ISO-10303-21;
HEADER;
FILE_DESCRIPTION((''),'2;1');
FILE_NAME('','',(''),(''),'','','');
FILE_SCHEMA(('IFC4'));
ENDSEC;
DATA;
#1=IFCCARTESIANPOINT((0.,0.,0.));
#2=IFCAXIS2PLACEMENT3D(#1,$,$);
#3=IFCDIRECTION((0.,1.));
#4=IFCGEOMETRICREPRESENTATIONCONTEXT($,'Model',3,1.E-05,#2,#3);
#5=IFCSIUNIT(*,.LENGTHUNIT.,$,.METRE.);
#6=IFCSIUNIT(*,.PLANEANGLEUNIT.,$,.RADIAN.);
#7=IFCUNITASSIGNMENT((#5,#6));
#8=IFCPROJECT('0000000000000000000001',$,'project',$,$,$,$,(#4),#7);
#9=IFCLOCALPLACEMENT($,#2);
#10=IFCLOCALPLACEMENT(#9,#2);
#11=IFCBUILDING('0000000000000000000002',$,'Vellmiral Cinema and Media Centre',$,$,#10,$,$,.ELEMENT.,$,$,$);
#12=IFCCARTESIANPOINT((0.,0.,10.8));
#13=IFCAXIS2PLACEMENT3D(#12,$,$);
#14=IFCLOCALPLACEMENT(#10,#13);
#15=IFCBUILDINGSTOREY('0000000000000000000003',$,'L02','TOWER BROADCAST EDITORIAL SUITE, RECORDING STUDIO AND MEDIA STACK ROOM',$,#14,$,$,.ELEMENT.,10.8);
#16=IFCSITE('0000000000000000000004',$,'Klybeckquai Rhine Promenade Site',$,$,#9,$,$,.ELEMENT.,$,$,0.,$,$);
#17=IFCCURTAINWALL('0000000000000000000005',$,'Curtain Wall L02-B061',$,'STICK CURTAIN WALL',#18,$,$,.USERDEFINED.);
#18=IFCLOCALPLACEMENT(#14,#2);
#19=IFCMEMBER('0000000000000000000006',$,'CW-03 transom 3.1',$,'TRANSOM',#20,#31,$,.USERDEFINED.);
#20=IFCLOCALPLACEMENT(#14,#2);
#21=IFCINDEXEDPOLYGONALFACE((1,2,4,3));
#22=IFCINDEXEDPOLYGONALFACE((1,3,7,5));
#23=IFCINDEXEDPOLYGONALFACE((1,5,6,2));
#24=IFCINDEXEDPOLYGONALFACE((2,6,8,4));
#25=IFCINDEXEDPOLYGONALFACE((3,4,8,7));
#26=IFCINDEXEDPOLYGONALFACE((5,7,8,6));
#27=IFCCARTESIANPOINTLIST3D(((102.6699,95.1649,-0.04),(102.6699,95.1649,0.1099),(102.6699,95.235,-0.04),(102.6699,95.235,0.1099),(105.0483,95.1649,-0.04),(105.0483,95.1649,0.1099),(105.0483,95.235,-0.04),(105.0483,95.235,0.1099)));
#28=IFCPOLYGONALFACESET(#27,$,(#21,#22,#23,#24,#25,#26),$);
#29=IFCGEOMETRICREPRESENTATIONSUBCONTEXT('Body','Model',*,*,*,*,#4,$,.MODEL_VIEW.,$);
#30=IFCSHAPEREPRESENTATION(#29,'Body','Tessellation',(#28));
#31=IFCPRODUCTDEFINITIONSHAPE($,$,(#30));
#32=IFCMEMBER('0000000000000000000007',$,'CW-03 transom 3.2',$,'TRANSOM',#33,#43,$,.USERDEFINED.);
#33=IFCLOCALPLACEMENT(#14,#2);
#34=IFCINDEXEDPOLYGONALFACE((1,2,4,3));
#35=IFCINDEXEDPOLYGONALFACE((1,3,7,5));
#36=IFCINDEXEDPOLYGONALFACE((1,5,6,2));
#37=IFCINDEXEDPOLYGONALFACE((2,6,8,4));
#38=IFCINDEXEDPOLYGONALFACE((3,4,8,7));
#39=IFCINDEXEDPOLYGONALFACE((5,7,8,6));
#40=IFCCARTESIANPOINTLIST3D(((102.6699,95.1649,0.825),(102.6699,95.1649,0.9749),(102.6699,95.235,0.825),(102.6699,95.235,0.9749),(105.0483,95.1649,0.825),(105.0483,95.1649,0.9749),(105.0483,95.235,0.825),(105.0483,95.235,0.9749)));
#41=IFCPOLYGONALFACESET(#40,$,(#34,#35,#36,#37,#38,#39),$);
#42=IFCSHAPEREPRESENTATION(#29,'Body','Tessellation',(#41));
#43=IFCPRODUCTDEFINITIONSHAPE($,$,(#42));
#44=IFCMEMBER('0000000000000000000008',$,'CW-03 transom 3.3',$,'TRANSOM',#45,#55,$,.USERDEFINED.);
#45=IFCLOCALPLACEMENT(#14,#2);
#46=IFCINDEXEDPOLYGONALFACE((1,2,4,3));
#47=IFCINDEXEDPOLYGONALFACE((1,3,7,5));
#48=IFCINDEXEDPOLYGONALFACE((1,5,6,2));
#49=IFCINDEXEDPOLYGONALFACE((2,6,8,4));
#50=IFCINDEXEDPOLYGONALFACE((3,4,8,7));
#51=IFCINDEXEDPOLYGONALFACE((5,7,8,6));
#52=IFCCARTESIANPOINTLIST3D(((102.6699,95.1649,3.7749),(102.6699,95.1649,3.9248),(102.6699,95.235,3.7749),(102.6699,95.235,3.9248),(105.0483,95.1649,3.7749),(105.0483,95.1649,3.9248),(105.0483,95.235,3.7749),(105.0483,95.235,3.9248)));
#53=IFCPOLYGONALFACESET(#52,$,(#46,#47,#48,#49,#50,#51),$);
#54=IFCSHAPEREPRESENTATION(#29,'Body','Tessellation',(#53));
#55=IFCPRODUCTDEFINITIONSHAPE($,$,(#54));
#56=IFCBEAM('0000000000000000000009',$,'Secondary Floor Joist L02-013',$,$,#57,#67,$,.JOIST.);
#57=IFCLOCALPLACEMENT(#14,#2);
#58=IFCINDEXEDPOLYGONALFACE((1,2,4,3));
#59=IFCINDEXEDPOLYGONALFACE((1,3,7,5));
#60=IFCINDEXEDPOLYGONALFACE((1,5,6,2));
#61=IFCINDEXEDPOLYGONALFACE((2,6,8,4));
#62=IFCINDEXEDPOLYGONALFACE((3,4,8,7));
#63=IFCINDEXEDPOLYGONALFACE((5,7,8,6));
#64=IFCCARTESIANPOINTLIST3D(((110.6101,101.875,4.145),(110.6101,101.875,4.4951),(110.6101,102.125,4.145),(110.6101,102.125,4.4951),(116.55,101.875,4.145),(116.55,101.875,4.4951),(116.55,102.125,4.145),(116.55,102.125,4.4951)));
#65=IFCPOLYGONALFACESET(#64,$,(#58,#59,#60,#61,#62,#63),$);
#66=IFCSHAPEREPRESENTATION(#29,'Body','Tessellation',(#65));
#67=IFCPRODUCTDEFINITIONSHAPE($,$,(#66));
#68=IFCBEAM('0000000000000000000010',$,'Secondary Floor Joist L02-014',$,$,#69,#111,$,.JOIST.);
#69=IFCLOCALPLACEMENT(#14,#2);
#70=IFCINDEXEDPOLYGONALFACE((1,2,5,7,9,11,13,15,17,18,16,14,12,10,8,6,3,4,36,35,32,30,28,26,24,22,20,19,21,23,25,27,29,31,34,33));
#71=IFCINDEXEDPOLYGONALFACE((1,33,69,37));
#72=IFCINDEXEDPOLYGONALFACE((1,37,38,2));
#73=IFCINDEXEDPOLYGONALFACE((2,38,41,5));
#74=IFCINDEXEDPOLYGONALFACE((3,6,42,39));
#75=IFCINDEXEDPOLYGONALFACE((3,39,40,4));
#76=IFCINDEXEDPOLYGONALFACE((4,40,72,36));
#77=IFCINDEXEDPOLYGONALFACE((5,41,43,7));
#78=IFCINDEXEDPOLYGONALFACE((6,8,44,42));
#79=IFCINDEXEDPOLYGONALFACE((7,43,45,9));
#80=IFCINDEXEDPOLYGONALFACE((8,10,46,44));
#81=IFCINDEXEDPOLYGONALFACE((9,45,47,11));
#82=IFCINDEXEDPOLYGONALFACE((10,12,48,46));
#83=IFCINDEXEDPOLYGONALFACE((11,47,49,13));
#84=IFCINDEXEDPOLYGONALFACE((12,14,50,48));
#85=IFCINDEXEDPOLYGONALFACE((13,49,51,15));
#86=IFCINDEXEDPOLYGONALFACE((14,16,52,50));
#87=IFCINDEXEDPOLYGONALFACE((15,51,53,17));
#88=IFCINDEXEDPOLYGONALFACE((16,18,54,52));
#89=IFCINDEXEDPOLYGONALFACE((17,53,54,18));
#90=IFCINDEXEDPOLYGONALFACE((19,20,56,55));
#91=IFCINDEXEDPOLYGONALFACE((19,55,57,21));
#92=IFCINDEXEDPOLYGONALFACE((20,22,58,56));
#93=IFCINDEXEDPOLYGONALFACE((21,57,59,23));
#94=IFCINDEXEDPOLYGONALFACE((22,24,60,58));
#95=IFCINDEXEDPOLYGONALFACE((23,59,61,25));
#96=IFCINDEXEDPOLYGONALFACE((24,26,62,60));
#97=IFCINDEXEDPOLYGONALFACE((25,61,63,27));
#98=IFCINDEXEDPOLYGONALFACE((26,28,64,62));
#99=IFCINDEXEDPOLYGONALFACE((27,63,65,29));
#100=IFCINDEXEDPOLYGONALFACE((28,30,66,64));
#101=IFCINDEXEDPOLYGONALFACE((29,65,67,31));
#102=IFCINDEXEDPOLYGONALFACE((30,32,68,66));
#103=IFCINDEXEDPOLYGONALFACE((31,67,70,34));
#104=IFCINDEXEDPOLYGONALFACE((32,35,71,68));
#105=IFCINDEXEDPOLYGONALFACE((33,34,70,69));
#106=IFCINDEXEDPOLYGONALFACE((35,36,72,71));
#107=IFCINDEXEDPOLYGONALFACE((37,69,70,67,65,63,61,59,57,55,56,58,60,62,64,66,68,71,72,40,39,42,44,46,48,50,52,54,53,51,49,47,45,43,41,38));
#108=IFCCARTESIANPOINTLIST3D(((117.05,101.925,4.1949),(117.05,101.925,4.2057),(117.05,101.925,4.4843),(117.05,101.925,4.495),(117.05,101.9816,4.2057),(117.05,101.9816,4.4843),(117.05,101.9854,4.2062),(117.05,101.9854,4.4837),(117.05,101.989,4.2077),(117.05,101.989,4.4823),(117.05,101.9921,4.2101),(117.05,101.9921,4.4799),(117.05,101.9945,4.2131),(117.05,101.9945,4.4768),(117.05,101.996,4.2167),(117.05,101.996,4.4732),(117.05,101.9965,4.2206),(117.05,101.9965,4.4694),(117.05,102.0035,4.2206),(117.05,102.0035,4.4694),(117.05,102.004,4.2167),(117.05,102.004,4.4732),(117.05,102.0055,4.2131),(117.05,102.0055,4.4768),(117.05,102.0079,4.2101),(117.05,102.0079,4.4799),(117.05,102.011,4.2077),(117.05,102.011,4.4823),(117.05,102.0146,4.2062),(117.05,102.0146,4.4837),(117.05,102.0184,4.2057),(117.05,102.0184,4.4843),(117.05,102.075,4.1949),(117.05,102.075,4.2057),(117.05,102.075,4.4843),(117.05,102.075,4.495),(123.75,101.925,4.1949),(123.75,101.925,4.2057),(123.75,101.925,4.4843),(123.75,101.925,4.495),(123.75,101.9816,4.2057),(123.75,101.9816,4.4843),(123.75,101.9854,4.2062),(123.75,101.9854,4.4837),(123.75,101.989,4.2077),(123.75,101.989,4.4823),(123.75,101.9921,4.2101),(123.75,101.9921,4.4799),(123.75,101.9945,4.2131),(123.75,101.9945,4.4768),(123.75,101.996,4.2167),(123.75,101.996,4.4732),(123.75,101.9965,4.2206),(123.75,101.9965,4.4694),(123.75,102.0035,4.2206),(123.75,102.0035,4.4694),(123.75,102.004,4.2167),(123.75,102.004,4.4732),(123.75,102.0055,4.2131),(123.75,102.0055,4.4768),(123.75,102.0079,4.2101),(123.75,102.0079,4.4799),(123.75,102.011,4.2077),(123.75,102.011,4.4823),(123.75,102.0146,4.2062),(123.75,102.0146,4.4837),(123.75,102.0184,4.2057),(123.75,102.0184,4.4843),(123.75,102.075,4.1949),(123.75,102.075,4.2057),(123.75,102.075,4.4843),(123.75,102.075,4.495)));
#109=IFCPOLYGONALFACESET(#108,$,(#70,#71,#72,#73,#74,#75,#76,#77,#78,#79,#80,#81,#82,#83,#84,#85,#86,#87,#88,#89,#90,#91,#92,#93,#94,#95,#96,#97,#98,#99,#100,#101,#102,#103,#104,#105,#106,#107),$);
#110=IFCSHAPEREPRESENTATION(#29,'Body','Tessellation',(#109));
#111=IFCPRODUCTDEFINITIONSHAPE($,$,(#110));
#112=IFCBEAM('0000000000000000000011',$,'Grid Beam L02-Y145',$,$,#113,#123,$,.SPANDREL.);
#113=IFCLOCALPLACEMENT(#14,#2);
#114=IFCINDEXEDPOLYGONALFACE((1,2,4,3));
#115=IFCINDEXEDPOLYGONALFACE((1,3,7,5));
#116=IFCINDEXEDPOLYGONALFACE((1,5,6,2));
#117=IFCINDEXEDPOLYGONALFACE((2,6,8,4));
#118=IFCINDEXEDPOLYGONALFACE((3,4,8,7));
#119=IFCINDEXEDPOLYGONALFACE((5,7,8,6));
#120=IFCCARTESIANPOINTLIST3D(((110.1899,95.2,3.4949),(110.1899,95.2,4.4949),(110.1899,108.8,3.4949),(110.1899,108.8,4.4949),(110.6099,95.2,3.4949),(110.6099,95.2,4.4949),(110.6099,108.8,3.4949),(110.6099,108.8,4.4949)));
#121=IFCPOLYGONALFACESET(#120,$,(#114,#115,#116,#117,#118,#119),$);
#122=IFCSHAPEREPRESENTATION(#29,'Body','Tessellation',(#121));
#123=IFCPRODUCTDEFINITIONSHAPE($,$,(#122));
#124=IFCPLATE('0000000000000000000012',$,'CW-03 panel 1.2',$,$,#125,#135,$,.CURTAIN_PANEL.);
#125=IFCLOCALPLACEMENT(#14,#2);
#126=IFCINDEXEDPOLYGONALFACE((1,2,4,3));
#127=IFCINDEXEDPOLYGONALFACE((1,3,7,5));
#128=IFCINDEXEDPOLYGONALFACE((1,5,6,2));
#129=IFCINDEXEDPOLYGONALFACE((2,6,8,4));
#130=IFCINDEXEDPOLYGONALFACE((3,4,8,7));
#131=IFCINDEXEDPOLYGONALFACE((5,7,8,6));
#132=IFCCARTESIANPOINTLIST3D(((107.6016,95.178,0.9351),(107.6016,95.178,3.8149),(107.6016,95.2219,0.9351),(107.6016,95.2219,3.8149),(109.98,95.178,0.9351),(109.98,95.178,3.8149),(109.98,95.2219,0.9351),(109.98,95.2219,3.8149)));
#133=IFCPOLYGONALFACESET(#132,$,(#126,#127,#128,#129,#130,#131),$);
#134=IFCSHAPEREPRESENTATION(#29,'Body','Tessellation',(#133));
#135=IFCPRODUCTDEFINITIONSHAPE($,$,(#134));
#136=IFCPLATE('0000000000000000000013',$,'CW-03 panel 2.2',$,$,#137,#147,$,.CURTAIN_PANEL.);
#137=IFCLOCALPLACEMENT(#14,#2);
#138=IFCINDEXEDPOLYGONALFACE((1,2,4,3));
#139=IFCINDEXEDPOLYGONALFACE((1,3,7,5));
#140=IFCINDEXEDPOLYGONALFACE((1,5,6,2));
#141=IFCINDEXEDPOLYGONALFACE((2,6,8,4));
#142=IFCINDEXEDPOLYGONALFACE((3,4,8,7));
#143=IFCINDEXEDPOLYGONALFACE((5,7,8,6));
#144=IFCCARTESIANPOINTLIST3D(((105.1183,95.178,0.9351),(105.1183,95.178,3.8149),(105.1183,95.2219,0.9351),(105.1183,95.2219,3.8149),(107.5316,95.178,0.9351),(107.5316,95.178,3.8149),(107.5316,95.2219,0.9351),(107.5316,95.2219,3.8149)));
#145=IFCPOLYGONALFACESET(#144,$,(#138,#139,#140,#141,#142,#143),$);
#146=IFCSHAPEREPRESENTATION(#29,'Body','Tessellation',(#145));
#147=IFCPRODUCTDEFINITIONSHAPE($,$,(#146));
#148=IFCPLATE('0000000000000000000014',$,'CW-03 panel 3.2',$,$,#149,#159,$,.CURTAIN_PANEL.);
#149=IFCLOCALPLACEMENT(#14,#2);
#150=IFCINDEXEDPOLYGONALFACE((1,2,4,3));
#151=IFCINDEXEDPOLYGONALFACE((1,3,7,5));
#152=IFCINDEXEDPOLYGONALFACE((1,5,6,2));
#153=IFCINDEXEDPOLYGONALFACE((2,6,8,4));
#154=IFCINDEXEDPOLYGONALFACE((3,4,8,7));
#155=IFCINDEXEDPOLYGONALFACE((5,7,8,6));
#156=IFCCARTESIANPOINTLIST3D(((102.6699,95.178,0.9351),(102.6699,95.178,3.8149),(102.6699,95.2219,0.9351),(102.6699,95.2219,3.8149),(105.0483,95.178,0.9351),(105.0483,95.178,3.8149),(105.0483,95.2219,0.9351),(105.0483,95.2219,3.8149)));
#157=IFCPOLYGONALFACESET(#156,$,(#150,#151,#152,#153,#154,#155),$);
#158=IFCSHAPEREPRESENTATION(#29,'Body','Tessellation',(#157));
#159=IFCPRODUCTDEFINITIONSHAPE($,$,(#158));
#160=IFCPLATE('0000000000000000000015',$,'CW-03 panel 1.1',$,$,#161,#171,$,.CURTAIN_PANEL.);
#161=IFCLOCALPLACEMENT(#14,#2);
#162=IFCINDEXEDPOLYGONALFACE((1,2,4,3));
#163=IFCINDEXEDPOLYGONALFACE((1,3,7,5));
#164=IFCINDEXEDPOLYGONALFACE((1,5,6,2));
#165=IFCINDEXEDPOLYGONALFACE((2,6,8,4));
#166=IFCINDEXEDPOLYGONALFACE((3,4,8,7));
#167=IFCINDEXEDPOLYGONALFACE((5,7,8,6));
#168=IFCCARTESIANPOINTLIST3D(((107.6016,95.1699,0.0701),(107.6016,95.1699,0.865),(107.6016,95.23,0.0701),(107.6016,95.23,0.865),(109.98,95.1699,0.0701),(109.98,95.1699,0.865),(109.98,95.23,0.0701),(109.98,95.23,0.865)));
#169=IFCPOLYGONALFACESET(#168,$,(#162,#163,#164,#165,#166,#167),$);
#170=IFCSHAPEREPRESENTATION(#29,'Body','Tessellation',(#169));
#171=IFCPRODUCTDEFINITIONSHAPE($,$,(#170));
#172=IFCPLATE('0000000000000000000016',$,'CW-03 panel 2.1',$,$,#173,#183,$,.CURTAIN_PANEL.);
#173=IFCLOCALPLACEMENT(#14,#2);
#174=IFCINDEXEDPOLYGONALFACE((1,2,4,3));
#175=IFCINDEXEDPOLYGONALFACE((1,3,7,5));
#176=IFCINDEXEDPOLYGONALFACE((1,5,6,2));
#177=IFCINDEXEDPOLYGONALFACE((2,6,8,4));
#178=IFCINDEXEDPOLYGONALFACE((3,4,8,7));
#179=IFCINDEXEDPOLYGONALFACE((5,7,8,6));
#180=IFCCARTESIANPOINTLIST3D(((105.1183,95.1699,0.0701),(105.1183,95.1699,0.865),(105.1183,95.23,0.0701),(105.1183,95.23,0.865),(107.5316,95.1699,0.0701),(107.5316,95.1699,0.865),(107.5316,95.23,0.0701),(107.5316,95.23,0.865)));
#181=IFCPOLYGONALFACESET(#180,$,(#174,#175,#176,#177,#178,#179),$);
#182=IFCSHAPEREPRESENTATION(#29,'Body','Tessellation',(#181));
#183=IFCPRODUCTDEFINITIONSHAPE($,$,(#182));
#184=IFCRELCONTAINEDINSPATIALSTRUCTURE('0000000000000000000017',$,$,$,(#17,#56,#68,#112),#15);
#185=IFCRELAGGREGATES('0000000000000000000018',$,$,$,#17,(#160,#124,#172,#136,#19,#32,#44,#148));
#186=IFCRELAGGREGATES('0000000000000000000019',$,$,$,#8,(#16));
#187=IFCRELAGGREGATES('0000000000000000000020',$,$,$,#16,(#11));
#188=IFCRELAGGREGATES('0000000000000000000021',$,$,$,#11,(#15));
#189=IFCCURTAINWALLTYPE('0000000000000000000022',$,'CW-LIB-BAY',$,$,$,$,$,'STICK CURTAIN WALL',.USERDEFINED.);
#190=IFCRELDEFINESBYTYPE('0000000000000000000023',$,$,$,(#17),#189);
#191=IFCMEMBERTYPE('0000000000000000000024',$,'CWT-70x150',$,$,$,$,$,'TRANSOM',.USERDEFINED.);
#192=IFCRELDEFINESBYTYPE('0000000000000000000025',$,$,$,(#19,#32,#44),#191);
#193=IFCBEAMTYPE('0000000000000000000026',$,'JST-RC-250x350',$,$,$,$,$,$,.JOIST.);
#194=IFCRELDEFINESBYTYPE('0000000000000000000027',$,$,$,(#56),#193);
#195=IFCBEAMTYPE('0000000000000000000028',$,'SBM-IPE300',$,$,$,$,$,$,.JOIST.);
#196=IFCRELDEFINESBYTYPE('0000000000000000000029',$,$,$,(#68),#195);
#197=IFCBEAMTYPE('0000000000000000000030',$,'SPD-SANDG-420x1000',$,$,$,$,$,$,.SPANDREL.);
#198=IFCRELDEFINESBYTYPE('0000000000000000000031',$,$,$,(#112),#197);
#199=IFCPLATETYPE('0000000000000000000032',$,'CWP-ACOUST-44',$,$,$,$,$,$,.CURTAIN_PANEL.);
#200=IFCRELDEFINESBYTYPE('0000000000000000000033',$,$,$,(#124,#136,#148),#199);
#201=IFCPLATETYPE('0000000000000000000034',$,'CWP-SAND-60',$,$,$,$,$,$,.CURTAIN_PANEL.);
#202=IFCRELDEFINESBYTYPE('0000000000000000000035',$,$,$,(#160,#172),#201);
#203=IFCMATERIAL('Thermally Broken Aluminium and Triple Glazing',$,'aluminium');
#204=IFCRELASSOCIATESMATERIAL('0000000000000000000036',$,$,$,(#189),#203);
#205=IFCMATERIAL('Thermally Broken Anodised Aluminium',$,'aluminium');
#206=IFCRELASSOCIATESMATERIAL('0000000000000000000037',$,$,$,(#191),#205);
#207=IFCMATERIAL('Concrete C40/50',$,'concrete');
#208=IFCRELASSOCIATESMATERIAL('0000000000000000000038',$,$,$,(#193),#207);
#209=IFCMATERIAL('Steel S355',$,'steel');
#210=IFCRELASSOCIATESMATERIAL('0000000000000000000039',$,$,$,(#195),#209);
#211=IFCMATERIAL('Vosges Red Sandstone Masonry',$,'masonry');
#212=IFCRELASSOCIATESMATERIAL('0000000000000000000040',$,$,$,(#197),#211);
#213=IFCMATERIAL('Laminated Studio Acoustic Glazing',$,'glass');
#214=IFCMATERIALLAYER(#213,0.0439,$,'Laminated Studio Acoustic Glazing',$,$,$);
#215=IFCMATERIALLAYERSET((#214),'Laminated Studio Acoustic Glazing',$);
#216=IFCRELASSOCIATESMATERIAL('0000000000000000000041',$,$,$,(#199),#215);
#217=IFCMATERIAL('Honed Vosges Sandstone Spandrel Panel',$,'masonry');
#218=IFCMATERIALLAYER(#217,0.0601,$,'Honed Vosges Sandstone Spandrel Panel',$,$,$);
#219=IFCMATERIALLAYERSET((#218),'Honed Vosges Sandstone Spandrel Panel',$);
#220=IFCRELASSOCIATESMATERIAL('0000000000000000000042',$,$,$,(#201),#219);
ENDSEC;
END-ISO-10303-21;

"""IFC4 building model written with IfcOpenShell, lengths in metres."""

from ifc_helpers import new_model, si_unit, direction, frame, origin, origin_2d, place, context, subcontext, project, spatial, rectangle, i_section, extrude, material, layer, layer_set, material_profile, profile_set, type_object, element, aggregate, save


model = new_model("IFC4")

# Units and contexts
model_context = context("Model", 3, precision=1e-05, world=origin(), true_north=direction((0.0, 1.0)))
body_context = subcontext(model_context, "Body", "Model", "MODEL_VIEW")
ifc_project = project(units=[si_unit("LENGTHUNIT", "METRE"), si_unit("PLANEANGLEUNIT", "RADIAN")], contexts=[model_context])

# Site, building, storey
site_placement = place(None, origin())
site = spatial("IfcSite", under=ifc_project, at=site_placement, Name="Klybeckquai Rhine Promenade Site", CompositionType="ELEMENT", RefElevation=0.0)
building_placement = place(site_placement, origin())
building = spatial("IfcBuilding", under=site, at=building_placement, Name="Vellmiral Cinema and Media Centre", CompositionType="ELEMENT")
storey_placement = place(building_placement, frame((0.0, 0.0, 10.8)))
storey = spatial("IfcBuildingStorey", under=building, at=storey_placement, Name="L02", Description="TOWER BROADCAST EDITORIAL SUITE, RECORDING STUDIO AND MEDIA STACK ROOM", CompositionType="ELEMENT", Elevation=10.8)

# Curtain wall, members
ifc_material_1 = material(Name="Thermally Broken Aluminium and Triple Glazing", Category="aluminium")
curtain_wall_type = type_object("IfcCurtainWallType", Name="CW-LIB-BAY", ElementType="STICK CURTAIN WALL", PredefinedType="USERDEFINED", material=ifc_material_1)
curtain_wall_placement = place(storey_placement, origin())
curtain_wall = element("IfcCurtainWall", 1, at=curtain_wall_placement, inside=storey, type_object=curtain_wall_type, Name="Curtain Wall L02-B061", ObjectType="STICK CURTAIN WALL", PredefinedType="USERDEFINED")
ifc_material_2 = material(Name="Thermally Broken Anodised Aluminium", Category="aluminium")
ifc_material_profile_1 = material_profile(ifc_material_2, rectangle(XDim=0.0701, YDim=0.1499, at=origin_2d()), Name="MULL 70x150")
ifc_profile_set_1 = profile_set([ifc_material_profile_1], Name="Thermally Broken Anodised Aluminium")
member_type_1 = type_object("IfcMemberType", Name="CWT-70x150", ElementType="TRANSOM", PredefinedType="USERDEFINED", material=ifc_profile_set_1)
member_1_placement = place(storey_placement, frame((105.0483, 95.2, 0.0349), z_axis=(-1.0, 0.0, 0.0), x_axis=(0.0, -1.0, 0.0)))
member_1 = element("IfcMember", 2, at=member_1_placement, type_object=member_type_1, Name="CW-03 transom 3.1", ObjectType="TRANSOM", PredefinedType="USERDEFINED", context=body_context, shape_type="SweptSolid", body=[
    extrude(rectangle(XDim=0.0701, YDim=0.1499, at=origin_2d()), origin(), (0.0, 0.0, 1.0), 2.3784),
])
member_2_placement = place(storey_placement, frame((105.0483, 95.2, 0.8999), z_axis=(-1.0, 0.0, 0.0), x_axis=(0.0, -1.0, 0.0)))
member_2 = element("IfcMember", 3, at=member_2_placement, type_object=member_type_1, Name="CW-03 transom 3.2", ObjectType="TRANSOM", PredefinedType="USERDEFINED", context=body_context, shape_type="SweptSolid", body=[
    extrude(rectangle(XDim=0.0701, YDim=0.1499, at=origin_2d()), origin(), (0.0, 0.0, 1.0), 2.3784),
])
member_3_placement = place(storey_placement, frame((105.0483, 95.2, 3.8499), z_axis=(-1.0, 0.0, 0.0), x_axis=(0.0, -1.0, 0.0)))
member_3 = element("IfcMember", 4, at=member_3_placement, type_object=member_type_1, Name="CW-03 transom 3.3", ObjectType="TRANSOM", PredefinedType="USERDEFINED", context=body_context, shape_type="SweptSolid", body=[
    extrude(rectangle(XDim=0.0701, YDim=0.1499, at=origin_2d()), origin(), (0.0, 0.0, 1.0), 2.3784),
])

# Beams
ifc_material_3 = material(Name="Concrete C40/50", Category="concrete")
ifc_material_profile_2 = material_profile(ifc_material_3, rectangle(XDim=0.25, YDim=0.3501, at=origin_2d()), Name="RC 250x350")
ifc_profile_set_2 = profile_set([ifc_material_profile_2], Name="Concrete C40/50")
beam_type_1 = type_object("IfcBeamType", Name="JST-RC-250x350", PredefinedType="JOIST", material=ifc_profile_set_2)
beam_1_placement = place(storey_placement, frame((110.6101, 102.0, 4.3201), z_axis=(1.0, 0.0, 0.0), x_axis=(0.0, 1.0, 0.0)))
element("IfcBeam", 5, at=beam_1_placement, inside=storey, type_object=beam_type_1, Name="Secondary Floor Joist L02-013", PredefinedType="JOIST", context=body_context, shape_type="SweptSolid", body=[
    extrude(rectangle(XDim=0.25, YDim=0.3501, at=origin_2d()), origin(), (0.0, 0.0, 1.0), 5.9399),
])
ifc_material_4 = material(Name="Steel S355", Category="steel")
ifc_material_profile_3 = material_profile(ifc_material_4, i_section(OverallWidth=0.1499, OverallDepth=0.3, WebThickness=0.0071, FlangeThickness=0.0107, FilletRadius=0.0149, at=origin_2d()), Name="IPE 300")
ifc_profile_set_3 = profile_set([ifc_material_profile_3], Name="Steel S355")
beam_type_2 = type_object("IfcBeamType", Name="SBM-IPE300", PredefinedType="JOIST", material=ifc_profile_set_3)
beam_2_placement = place(storey_placement, frame((117.05, 102.0, 4.345), z_axis=(1.0, 0.0, 0.0), x_axis=(0.0, 1.0, 0.0)))
element("IfcBeam", 6, at=beam_2_placement, inside=storey, type_object=beam_type_2, Name="Secondary Floor Joist L02-014", PredefinedType="JOIST", context=body_context, shape_type="SweptSolid", body=[
    extrude(i_section(OverallWidth=0.1499, OverallDepth=0.3, WebThickness=0.0071, FlangeThickness=0.0107, FilletRadius=0.0149, at=origin_2d()), origin(), (0.0, 0.0, 1.0), 6.7),
])
ifc_material_5 = material(Name="Vosges Red Sandstone Masonry", Category="masonry")
ifc_material_profile_4 = material_profile(ifc_material_5, rectangle(XDim=0.4199, YDim=1.0, at=origin_2d()), Name="SAND 420x1000")
ifc_profile_set_4 = profile_set([ifc_material_profile_4], Name="Vosges Red Sandstone Masonry")
beam_type_3 = type_object("IfcBeamType", Name="SPD-SANDG-420x1000", PredefinedType="SPANDREL", material=ifc_profile_set_4)
beam_3_placement = place(storey_placement, frame((110.3999, 95.2, 3.9949), z_axis=(0.0, 1.0, 0.0), x_axis=(-1.0, 0.0, 0.0)))
element("IfcBeam", 7, at=beam_3_placement, inside=storey, type_object=beam_type_3, Name="Grid Beam L02-Y145", PredefinedType="SPANDREL", context=body_context, shape_type="SweptSolid", body=[
    extrude(rectangle(XDim=0.4199, YDim=1.0, at=origin_2d()), origin(), (0.0, 0.0, 1.0), 13.6001),
])

# Plates
ifc_material_6 = material(Name="Laminated Studio Acoustic Glazing", Category="glass")
ifc_layer_1 = layer(ifc_material_6, 0.0439, Name="Laminated Studio Acoustic Glazing")
ifc_layer_set_1 = layer_set([ifc_layer_1], Name="Laminated Studio Acoustic Glazing")
plate_type_1 = type_object("IfcPlateType", Name="CWP-ACOUST-44", PredefinedType="CURTAIN_PANEL", material=ifc_layer_set_1)
plate_1_placement = place(storey_placement, frame((108.7908, 95.2, 0.9351), z_axis=(0.0, 0.0, 1.0), x_axis=(-1.0, 0.0, 0.0)))
plate_1 = element("IfcPlate", 8, at=plate_1_placement, type_object=plate_type_1, Name="CW-03 panel 1.2", PredefinedType="CURTAIN_PANEL", context=body_context, shape_type="SweptSolid", body=[
    extrude(rectangle(XDim=2.3784, YDim=0.0439, at=origin_2d()), origin(), (0.0, 0.0, 1.0), 2.8799),
])
plate_2_placement = place(storey_placement, frame((106.325, 95.2, 0.9351), z_axis=(0.0, 0.0, 1.0), x_axis=(-1.0, 0.0, 0.0)))
plate_2 = element("IfcPlate", 9, at=plate_2_placement, type_object=plate_type_1, Name="CW-03 panel 2.2", PredefinedType="CURTAIN_PANEL", context=body_context, shape_type="SweptSolid", body=[
    extrude(rectangle(XDim=2.4133, YDim=0.0439, at=origin_2d()), origin(), (0.0, 0.0, 1.0), 2.8799),
])
plate_3_placement = place(storey_placement, frame((103.8591, 95.2, 0.9351), z_axis=(0.0, 0.0, 1.0), x_axis=(-1.0, 0.0, 0.0)))
plate_3 = element("IfcPlate", 10, at=plate_3_placement, type_object=plate_type_1, Name="CW-03 panel 3.2", PredefinedType="CURTAIN_PANEL", context=body_context, shape_type="SweptSolid", body=[
    extrude(rectangle(XDim=2.3784, YDim=0.0439, at=origin_2d()), origin(), (0.0, 0.0, 1.0), 2.8799),
])
ifc_material_7 = material(Name="Honed Vosges Sandstone Spandrel Panel", Category="masonry")
ifc_layer_2 = layer(ifc_material_7, 0.0601, Name="Honed Vosges Sandstone Spandrel Panel")
ifc_layer_set_2 = layer_set([ifc_layer_2], Name="Honed Vosges Sandstone Spandrel Panel")
plate_type_2 = type_object("IfcPlateType", Name="CWP-SAND-60", PredefinedType="CURTAIN_PANEL", material=ifc_layer_set_2)
plate_4_placement = place(storey_placement, frame((108.7908, 95.2, 0.0701), z_axis=(0.0, 0.0, 1.0), x_axis=(-1.0, 0.0, 0.0)))
plate_4 = element("IfcPlate", 11, at=plate_4_placement, type_object=plate_type_2, Name="CW-03 panel 1.1", PredefinedType="CURTAIN_PANEL", context=body_context, shape_type="SweptSolid", body=[
    extrude(rectangle(XDim=2.3784, YDim=0.0601, at=origin_2d()), origin(), (0.0, 0.0, 1.0), 0.7949),
])
plate_5_placement = place(storey_placement, frame((106.325, 95.2, 0.0701), z_axis=(0.0, 0.0, 1.0), x_axis=(-1.0, 0.0, 0.0)))
plate_5 = element("IfcPlate", 12, at=plate_5_placement, type_object=plate_type_2, Name="CW-03 panel 2.1", PredefinedType="CURTAIN_PANEL", context=body_context, shape_type="SweptSolid", body=[
    extrude(rectangle(XDim=2.4133, YDim=0.0601, at=origin_2d()), origin(), (0.0, 0.0, 1.0), 0.7949),
])
aggregate(curtain_wall, [plate_4, plate_1, plate_5, plate_2, member_1, member_2, member_3, plate_3])

save(model, "model.ifc")
